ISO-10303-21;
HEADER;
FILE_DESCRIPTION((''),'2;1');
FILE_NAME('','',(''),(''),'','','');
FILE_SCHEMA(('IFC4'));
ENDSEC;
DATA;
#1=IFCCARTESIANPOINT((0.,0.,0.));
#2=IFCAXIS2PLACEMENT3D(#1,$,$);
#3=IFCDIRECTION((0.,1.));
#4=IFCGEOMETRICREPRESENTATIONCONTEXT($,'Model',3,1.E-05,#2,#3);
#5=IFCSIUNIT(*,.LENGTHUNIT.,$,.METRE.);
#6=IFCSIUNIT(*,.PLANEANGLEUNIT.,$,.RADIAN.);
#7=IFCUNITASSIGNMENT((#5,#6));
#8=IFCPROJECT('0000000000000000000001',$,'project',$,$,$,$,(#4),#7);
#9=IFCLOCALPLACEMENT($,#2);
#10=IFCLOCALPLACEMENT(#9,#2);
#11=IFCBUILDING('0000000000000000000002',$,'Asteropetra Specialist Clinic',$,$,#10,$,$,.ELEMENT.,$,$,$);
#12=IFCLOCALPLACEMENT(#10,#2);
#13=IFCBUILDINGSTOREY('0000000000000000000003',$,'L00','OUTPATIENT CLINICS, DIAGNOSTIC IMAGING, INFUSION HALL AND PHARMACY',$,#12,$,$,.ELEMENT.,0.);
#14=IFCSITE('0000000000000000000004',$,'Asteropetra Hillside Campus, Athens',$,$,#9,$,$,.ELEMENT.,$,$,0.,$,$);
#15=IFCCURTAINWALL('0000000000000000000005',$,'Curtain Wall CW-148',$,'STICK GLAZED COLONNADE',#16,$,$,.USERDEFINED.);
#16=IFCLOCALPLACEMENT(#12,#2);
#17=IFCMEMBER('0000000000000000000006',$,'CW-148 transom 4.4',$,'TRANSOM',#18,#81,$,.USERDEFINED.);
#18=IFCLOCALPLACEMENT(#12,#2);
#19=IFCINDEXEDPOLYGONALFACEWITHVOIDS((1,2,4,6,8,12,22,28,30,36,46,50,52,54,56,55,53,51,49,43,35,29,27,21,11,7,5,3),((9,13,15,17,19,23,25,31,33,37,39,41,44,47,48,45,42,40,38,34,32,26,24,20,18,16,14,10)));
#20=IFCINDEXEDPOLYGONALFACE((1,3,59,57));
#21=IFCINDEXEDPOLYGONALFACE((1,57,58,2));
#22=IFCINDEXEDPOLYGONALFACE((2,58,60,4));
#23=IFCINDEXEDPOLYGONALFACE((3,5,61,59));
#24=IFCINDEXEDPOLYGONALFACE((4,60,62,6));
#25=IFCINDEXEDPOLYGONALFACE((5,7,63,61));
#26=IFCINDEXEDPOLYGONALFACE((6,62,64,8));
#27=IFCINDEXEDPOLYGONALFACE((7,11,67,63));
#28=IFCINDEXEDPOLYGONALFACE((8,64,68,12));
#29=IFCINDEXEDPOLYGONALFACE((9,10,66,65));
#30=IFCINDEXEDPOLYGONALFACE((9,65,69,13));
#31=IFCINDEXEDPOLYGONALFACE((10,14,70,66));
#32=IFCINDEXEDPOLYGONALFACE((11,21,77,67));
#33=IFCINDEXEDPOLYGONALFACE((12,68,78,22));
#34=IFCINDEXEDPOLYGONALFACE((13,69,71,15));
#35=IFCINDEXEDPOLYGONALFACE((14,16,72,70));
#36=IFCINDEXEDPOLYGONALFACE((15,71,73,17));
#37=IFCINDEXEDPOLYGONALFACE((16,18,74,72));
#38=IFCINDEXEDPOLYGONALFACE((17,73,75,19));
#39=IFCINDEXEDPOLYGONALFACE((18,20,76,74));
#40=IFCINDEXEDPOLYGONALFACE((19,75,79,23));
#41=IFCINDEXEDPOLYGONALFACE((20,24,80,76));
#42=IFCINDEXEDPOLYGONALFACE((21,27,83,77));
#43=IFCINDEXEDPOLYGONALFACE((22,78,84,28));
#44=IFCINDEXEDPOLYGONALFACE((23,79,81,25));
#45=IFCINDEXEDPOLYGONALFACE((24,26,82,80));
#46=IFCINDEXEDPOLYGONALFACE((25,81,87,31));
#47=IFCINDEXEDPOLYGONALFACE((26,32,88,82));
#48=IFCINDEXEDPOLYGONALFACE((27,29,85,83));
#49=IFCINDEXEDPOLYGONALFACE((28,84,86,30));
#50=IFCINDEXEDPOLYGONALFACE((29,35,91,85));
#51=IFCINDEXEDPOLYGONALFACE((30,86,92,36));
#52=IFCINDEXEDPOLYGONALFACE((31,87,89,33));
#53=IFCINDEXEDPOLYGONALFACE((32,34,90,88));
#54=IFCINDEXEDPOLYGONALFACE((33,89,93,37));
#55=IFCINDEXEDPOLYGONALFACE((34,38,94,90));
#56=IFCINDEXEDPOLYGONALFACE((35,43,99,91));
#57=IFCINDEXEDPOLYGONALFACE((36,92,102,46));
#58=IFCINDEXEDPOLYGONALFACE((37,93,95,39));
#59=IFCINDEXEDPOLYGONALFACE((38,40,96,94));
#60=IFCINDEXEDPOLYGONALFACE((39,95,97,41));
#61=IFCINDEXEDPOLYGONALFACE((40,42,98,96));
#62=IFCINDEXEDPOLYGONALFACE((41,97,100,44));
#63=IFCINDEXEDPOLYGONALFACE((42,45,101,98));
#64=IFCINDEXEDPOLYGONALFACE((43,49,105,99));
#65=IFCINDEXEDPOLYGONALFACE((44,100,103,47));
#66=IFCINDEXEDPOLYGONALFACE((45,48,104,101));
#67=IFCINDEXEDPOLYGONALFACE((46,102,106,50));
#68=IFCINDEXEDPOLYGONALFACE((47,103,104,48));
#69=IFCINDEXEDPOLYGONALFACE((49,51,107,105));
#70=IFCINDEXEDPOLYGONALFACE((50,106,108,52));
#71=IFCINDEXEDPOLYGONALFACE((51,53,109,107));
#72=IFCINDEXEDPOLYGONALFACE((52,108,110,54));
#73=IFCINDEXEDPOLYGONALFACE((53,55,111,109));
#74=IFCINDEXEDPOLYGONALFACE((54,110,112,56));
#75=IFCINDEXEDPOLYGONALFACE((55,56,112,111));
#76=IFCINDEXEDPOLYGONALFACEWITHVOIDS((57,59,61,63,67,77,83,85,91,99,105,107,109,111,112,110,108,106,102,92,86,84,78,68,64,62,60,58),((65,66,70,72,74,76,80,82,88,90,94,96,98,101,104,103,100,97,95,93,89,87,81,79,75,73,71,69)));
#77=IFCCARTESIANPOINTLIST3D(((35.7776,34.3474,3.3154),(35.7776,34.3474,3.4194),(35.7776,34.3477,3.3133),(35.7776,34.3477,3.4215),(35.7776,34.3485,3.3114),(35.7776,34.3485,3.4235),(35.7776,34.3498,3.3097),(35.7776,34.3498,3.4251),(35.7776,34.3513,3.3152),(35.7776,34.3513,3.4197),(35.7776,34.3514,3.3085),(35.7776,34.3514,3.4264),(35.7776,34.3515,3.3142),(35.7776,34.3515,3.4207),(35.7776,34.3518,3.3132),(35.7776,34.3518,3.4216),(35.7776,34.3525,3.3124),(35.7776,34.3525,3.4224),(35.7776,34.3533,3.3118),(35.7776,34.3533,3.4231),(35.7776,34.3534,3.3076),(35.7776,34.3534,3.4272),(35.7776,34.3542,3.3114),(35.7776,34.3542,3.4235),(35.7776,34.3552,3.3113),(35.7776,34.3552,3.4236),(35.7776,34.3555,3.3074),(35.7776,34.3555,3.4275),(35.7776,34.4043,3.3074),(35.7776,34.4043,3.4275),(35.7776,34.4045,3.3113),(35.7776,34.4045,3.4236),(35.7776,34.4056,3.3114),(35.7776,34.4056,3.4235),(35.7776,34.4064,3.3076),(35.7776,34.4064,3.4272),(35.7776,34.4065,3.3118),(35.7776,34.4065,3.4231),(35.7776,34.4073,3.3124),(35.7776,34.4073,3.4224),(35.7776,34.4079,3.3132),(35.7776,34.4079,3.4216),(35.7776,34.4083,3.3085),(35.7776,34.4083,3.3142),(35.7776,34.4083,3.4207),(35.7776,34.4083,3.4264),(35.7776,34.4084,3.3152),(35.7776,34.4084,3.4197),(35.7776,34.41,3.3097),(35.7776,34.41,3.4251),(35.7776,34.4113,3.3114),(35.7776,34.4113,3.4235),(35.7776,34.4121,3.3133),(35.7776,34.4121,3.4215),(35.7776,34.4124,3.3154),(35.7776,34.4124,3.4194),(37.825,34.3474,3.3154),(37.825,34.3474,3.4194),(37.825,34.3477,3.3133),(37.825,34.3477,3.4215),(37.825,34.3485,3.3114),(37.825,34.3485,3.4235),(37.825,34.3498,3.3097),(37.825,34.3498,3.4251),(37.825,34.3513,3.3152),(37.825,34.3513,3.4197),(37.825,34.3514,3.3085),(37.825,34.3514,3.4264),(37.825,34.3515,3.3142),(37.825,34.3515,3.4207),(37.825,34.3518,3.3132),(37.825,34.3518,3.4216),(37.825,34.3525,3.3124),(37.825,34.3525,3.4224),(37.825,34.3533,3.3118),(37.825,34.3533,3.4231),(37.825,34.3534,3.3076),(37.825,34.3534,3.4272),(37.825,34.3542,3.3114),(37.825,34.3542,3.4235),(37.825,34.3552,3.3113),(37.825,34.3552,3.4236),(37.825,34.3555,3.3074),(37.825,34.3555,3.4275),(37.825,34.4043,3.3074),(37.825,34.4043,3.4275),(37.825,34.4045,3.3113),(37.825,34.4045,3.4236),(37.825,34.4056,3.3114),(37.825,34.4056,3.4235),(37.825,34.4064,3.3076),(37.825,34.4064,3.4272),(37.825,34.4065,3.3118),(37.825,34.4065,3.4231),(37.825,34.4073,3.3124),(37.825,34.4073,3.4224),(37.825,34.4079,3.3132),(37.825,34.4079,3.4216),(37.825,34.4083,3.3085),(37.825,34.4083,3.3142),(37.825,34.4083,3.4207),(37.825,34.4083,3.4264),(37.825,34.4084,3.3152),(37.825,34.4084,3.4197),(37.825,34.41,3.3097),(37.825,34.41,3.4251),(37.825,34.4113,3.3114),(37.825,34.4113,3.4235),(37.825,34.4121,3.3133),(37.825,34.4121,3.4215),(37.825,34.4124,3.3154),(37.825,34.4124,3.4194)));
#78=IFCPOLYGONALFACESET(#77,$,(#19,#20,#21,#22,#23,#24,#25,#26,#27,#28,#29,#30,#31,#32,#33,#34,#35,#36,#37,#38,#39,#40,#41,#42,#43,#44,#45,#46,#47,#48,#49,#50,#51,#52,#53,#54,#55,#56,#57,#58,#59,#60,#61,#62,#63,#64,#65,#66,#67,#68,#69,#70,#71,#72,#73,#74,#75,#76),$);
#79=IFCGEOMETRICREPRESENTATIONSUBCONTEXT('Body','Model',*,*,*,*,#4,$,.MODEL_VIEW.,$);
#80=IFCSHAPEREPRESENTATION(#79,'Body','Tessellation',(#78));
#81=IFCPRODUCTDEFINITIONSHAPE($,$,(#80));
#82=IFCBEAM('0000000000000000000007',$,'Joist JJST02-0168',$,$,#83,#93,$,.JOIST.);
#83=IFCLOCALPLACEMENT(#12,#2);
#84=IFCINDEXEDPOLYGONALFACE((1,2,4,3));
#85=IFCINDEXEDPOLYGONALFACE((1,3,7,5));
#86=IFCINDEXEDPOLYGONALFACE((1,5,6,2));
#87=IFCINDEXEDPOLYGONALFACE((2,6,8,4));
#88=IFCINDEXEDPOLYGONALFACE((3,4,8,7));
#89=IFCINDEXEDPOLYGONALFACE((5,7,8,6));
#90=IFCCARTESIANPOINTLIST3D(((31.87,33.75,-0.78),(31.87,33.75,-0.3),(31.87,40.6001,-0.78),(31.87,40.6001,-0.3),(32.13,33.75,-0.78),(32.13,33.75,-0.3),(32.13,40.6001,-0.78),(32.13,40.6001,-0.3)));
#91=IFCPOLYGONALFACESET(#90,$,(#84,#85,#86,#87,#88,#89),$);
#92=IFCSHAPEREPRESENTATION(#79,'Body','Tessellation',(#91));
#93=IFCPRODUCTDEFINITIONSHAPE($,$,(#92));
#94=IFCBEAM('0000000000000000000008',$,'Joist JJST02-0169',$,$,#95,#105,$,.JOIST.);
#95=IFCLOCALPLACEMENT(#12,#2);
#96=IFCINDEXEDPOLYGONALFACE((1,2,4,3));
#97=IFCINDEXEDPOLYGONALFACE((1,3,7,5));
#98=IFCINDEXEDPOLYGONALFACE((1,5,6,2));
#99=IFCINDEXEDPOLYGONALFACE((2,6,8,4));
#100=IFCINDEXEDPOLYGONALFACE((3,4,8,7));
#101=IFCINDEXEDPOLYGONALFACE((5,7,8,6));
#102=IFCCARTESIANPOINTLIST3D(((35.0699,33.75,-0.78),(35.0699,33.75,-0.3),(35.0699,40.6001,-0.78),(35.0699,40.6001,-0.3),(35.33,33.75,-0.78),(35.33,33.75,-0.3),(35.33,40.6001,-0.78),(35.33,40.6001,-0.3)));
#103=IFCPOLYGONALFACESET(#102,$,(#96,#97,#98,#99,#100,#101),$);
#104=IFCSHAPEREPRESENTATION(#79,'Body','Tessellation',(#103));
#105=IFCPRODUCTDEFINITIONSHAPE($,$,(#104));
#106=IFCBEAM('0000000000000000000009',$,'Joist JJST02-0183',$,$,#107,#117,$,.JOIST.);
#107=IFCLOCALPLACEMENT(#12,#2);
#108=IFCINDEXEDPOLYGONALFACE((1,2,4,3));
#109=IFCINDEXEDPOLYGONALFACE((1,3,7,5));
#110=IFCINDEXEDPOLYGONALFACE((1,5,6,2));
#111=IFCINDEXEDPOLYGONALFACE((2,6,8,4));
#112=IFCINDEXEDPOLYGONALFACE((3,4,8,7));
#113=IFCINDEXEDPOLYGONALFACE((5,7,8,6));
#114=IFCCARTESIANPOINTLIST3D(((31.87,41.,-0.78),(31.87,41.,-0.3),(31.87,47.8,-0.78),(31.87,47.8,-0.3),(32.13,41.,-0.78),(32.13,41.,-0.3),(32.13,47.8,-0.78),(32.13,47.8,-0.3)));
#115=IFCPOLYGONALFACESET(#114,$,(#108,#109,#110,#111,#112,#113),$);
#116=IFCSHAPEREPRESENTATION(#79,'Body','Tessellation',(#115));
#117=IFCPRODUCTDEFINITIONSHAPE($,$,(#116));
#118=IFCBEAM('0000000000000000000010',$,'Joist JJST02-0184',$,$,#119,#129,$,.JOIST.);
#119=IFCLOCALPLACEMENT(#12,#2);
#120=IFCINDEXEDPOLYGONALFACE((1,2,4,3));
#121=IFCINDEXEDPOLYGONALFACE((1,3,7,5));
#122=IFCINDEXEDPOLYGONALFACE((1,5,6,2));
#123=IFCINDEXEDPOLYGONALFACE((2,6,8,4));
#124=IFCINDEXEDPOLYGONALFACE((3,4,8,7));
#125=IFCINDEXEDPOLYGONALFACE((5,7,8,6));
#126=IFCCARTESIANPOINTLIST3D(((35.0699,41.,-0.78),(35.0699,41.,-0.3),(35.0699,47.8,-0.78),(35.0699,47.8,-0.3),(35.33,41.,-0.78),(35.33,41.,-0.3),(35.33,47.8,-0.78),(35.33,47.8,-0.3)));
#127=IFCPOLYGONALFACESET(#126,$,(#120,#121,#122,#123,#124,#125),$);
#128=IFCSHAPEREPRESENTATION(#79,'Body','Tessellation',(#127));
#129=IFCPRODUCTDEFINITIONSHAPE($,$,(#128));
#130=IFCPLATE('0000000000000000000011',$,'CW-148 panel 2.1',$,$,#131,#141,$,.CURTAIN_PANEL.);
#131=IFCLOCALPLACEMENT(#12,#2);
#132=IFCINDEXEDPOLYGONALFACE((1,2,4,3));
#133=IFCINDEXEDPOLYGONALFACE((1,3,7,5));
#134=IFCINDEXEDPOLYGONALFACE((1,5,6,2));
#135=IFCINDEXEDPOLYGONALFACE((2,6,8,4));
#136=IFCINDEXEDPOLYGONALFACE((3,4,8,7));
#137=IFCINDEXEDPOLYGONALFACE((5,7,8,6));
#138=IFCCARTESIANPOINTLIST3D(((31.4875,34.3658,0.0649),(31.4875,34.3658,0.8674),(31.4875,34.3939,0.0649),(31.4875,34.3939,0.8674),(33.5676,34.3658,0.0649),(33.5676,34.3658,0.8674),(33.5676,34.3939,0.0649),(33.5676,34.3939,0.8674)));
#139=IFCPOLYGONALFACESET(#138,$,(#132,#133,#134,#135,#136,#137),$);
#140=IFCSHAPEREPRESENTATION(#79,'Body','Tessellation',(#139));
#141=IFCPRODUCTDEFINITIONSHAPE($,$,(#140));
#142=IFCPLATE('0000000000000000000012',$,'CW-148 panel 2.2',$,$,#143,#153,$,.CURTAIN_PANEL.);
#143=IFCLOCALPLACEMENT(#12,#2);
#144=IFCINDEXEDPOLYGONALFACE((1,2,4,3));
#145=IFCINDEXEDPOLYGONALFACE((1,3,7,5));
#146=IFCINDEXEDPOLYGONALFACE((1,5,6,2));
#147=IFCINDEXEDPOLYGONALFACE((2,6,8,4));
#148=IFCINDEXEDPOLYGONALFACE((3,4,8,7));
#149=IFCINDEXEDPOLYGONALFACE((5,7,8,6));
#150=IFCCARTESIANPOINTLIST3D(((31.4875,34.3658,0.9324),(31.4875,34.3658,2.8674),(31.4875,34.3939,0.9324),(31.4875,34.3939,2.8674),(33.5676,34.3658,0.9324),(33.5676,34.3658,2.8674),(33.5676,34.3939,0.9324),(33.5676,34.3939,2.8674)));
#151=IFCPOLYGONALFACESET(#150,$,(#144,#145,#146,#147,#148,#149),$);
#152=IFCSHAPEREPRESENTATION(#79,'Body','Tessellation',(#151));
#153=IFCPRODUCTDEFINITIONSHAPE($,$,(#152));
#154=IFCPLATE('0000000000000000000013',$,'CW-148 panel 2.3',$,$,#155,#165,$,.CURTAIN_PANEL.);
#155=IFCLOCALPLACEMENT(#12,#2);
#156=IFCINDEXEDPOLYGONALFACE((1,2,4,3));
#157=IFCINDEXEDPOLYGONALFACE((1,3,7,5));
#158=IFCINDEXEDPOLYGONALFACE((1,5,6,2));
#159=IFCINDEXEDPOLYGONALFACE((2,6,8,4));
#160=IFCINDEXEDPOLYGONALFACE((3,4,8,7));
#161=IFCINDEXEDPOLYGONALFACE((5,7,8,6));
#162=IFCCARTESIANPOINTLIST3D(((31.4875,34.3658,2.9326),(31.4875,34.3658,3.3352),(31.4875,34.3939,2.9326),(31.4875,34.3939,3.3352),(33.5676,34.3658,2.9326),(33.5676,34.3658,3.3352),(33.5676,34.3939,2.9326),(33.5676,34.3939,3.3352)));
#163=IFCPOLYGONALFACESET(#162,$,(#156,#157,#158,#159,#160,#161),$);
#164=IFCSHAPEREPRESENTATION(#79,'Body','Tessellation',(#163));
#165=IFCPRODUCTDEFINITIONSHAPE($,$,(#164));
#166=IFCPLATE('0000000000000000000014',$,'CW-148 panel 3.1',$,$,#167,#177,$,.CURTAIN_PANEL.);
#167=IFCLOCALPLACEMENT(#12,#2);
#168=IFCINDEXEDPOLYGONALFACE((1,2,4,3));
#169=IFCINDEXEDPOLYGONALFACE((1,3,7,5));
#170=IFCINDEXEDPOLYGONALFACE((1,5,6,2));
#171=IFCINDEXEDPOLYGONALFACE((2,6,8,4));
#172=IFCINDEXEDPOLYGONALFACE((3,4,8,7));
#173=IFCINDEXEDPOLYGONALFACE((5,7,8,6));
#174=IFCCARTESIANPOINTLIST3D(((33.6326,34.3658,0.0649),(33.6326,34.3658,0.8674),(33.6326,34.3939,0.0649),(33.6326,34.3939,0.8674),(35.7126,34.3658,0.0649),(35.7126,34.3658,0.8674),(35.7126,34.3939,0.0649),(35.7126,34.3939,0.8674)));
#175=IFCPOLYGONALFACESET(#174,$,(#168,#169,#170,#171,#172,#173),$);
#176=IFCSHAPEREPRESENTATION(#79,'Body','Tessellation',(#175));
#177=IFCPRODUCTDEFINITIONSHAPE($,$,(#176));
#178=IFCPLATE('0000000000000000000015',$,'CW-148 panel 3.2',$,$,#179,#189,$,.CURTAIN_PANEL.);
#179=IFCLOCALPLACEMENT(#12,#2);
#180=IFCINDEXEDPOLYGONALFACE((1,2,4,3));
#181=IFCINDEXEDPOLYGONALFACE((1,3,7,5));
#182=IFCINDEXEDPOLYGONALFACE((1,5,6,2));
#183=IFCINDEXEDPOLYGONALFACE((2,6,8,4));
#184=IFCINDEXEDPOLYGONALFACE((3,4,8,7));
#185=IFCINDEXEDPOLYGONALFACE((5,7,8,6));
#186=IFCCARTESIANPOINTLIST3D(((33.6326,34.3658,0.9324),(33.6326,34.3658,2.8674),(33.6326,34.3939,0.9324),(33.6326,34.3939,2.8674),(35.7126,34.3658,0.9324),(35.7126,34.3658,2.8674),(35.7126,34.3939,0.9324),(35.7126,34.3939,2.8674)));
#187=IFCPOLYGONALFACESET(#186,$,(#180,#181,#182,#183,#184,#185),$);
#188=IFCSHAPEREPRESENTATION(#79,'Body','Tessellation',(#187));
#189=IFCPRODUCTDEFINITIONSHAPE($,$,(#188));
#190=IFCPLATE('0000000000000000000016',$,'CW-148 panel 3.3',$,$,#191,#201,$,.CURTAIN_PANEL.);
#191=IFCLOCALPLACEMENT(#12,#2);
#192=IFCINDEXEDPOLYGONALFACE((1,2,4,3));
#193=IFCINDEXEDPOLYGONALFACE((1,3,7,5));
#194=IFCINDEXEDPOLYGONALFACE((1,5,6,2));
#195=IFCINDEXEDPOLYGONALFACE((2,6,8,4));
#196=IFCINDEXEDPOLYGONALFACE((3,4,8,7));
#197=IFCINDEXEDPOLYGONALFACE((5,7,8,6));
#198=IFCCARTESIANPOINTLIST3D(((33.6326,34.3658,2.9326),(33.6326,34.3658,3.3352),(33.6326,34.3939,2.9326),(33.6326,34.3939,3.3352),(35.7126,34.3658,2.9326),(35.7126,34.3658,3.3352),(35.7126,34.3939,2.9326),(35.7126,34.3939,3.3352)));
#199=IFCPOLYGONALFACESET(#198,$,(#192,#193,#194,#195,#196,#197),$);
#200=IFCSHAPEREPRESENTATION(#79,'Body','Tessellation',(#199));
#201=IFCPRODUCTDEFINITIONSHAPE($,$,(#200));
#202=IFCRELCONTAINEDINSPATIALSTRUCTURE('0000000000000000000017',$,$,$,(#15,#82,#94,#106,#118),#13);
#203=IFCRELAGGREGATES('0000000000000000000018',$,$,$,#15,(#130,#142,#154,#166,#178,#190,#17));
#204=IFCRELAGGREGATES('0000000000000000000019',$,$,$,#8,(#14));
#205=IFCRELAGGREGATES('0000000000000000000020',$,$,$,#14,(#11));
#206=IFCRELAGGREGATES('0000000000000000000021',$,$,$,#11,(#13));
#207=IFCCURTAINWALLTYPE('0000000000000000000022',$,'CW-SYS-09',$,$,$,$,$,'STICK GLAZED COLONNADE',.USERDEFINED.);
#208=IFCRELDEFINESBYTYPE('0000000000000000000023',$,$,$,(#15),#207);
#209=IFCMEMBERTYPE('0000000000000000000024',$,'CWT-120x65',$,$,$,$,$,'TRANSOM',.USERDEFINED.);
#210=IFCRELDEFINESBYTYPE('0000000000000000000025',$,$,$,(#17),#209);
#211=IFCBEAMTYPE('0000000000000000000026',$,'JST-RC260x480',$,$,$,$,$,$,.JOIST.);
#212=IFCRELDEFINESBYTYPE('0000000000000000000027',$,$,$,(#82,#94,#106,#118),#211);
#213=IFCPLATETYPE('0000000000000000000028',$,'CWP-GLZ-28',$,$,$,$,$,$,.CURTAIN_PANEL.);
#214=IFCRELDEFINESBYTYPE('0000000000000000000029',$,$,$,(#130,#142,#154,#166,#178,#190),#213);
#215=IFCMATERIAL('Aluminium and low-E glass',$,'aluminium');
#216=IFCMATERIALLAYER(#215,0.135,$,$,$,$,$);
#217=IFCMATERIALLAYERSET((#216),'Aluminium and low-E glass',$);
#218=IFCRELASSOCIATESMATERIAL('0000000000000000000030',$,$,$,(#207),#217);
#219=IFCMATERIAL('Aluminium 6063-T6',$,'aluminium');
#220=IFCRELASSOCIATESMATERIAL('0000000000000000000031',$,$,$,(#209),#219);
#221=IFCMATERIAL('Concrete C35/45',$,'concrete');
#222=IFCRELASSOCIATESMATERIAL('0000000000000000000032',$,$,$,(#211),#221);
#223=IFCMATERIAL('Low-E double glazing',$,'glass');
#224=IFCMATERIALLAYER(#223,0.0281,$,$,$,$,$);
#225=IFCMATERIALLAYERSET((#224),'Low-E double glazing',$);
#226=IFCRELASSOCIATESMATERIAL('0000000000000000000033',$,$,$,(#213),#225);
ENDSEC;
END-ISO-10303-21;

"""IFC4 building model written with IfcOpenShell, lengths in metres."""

from ifc_helpers import new_model, si_unit, direction, frame, origin, origin_2d, place, context, subcontext, project, spatial, rectangle, hollow_rectangle, extrude, material, layer, layer_set, material_profile, profile_set, type_object, element, aggregate, save


model = new_model("IFC4")

# Units and contexts
model_context = context("Model", 3, precision=1e-05, world=origin(), true_north=direction((0.0, 1.0)))
body_context = subcontext(model_context, "Body", "Model", "MODEL_VIEW")
ifc_project = project(units=[si_unit("LENGTHUNIT", "METRE"), si_unit("PLANEANGLEUNIT", "RADIAN")], contexts=[model_context])

# Site, building, storey
site_placement = place(None, origin())
site = spatial("IfcSite", under=ifc_project, at=site_placement, Name="Asteropetra Hillside Campus, Athens", CompositionType="ELEMENT", RefElevation=0.0)
building_placement = place(site_placement, origin())
building = spatial("IfcBuilding", under=site, at=building_placement, Name="Asteropetra Specialist Clinic", CompositionType="ELEMENT")
storey_placement = place(building_placement, origin())
storey = spatial("IfcBuildingStorey", under=building, at=storey_placement, Name="L00", Description="OUTPATIENT CLINICS, DIAGNOSTIC IMAGING, INFUSION HALL AND PHARMACY", CompositionType="ELEMENT", Elevation=0.0)

# Curtain wall, member
ifc_material_1 = material(Name="Aluminium and low-E glass", Category="aluminium")
ifc_layer_1 = layer(ifc_material_1, 0.135)
ifc_layer_set_1 = layer_set([ifc_layer_1], Name="Aluminium and low-E glass")
curtain_wall_type = type_object("IfcCurtainWallType", Name="CW-SYS-09", ElementType="STICK GLAZED COLONNADE", PredefinedType="USERDEFINED", material=ifc_layer_set_1)
curtain_wall_placement = place(storey_placement, origin())
curtain_wall = element("IfcCurtainWall", 1, at=curtain_wall_placement, inside=storey, type_object=curtain_wall_type, Name="Curtain Wall CW-148", ObjectType="STICK GLAZED COLONNADE", PredefinedType="USERDEFINED")
ifc_material_2 = material(Name="Aluminium 6063-T6", Category="aluminium")
ifc_material_profile_1 = material_profile(ifc_material_2, hollow_rectangle(XDim=0.0649, YDim=0.1201, WallThickness=0.0039, InnerFilletRadius=0.0039, OuterFilletRadius=0.0081, at=origin_2d()), Name="TRN 120x65x4.0")
ifc_profile_set_1 = profile_set([ifc_material_profile_1], Name="Aluminium 6063-T6")
member_type_1 = type_object("IfcMemberType", Name="CWT-120x65", ElementType="TRANSOM", PredefinedType="USERDEFINED", material=ifc_profile_set_1)
member_1_placement = place(storey_placement, frame((35.7776, 34.3799, 3.3674), z_axis=(1.0, 0.0, 0.0), x_axis=(0.0, 1.0, 0.0)))
member_1 = element("IfcMember", 2, at=member_1_placement, type_object=member_type_1, Name="CW-148 transom 4.4", ObjectType="TRANSOM", PredefinedType="USERDEFINED", context=body_context, shape_type="SweptSolid", body=[
    extrude(hollow_rectangle(XDim=0.0649, YDim=0.1201, WallThickness=0.0039, InnerFilletRadius=0.0039, OuterFilletRadius=0.0081, at=origin_2d()), origin(), (0.0, 0.0, 1.0), 2.0474),
])

# Beams
ifc_material_3 = material(Name="Concrete C35/45", Category="concrete")
ifc_material_profile_2 = material_profile(ifc_material_3, rectangle(XDim=0.26, YDim=0.48, at=origin_2d()), Name="RCJ 260x480")
ifc_profile_set_2 = profile_set([ifc_material_profile_2], Name="Concrete C35/45")
beam_type_1 = type_object("IfcBeamType", Name="JST-RC260x480", PredefinedType="JOIST", material=ifc_profile_set_2)
for number, where, z_axis, x_axis, name in (
    (3, (32.0, 33.75, -0.54), (0.0, 1.0, 0.0), (-1.0, 0.0, 0.0), "Joist JJST02-0168"),
    (4, (35.2, 33.75, -0.54), (0.0, 1.0, 0.0), (-1.0, 0.0, 0.0), "Joist JJST02-0169"),
):
    element("IfcBeam", number, at=place(storey_placement, frame(where, z_axis=z_axis, x_axis=x_axis)), inside=storey, type_object=beam_type_1, Name=name, PredefinedType="JOIST", context=body_context, shape_type="SweptSolid", body=[
        extrude(rectangle(XDim=0.26, YDim=0.48, at=origin_2d()), origin(), (0.0, 0.0, 1.0), 6.8501),
    ])
for number, where, z_axis, x_axis, name in (
    (5, (32.0, 41.0, -0.54), (0.0, 1.0, 0.0), (-1.0, 0.0, 0.0), "Joist JJST02-0183"),
    (6, (35.2, 41.0, -0.54), (0.0, 1.0, 0.0), (-1.0, 0.0, 0.0), "Joist JJST02-0184"),
):
    element("IfcBeam", number, at=place(storey_placement, frame(where, z_axis=z_axis, x_axis=x_axis)), inside=storey, type_object=beam_type_1, Name=name, PredefinedType="JOIST", context=body_context, shape_type="SweptSolid", body=[
        extrude(rectangle(XDim=0.26, YDim=0.48, at=origin_2d()), origin(), (0.0, 0.0, 1.0), 6.8),
    ])

# Plates
ifc_material_4 = material(Name="Low-E double glazing", Category="glass")
ifc_layer_2 = layer(ifc_material_4, 0.0281)
ifc_layer_set_2 = layer_set([ifc_layer_2], Name="Low-E double glazing")
plate_type = type_object("IfcPlateType", Name="CWP-GLZ-28", PredefinedType="CURTAIN_PANEL", material=ifc_layer_set_2)
plate_1_placement = place(storey_placement, frame((32.5276, 34.3799, 0.0649), z_axis=(0.0, 0.0, 1.0), x_axis=(1.0, 0.0, 0.0)))
plate_1 = element("IfcPlate", 7, at=plate_1_placement, type_object=plate_type, Name="CW-148 panel 2.1", PredefinedType="CURTAIN_PANEL", context=body_context, shape_type="SweptSolid", body=[
    extrude(rectangle(XDim=2.0801, YDim=0.0281, at=origin_2d()), origin(), (0.0, 0.0, 1.0), 0.8025),
])
plate_2_placement = place(storey_placement, frame((32.5276, 34.3799, 0.9324), z_axis=(0.0, 0.0, 1.0), x_axis=(1.0, 0.0, 0.0)))
plate_2 = element("IfcPlate", 8, at=plate_2_placement, type_object=plate_type, Name="CW-148 panel 2.2", PredefinedType="CURTAIN_PANEL", context=body_context, shape_type="SweptSolid", body=[
    extrude(rectangle(XDim=2.0801, YDim=0.0281, at=origin_2d()), origin(), (0.0, 0.0, 1.0), 1.9351),
])
plate_3_placement = place(storey_placement, frame((32.5276, 34.3799, 2.9326), z_axis=(0.0, 0.0, 1.0), x_axis=(1.0, 0.0, 0.0)))
plate_3 = element("IfcPlate", 9, at=plate_3_placement, type_object=plate_type, Name="CW-148 panel 2.3", PredefinedType="CURTAIN_PANEL", context=body_context, shape_type="SweptSolid", body=[
    extrude(rectangle(XDim=2.0801, YDim=0.0281, at=origin_2d()), origin(), (0.0, 0.0, 1.0), 0.4026),
])
plate_4_placement = place(storey_placement, frame((34.6726, 34.3799, 0.0649), z_axis=(0.0, 0.0, 1.0), x_axis=(1.0, 0.0, 0.0)))
plate_4 = element("IfcPlate", 10, at=plate_4_placement, type_object=plate_type, Name="CW-148 panel 3.1", PredefinedType="CURTAIN_PANEL", context=body_context, shape_type="SweptSolid", body=[
    extrude(rectangle(XDim=2.0801, YDim=0.0281, at=origin_2d()), origin(), (0.0, 0.0, 1.0), 0.8025),
])
plate_5_placement = place(storey_placement, frame((34.6726, 34.3799, 0.9324), z_axis=(0.0, 0.0, 1.0), x_axis=(1.0, 0.0, 0.0)))
plate_5 = element("IfcPlate", 11, at=plate_5_placement, type_object=plate_type, Name="CW-148 panel 3.2", PredefinedType="CURTAIN_PANEL", context=body_context, shape_type="SweptSolid", body=[
    extrude(rectangle(XDim=2.0801, YDim=0.0281, at=origin_2d()), origin(), (0.0, 0.0, 1.0), 1.9351),
])
plate_6_placement = place(storey_placement, frame((34.6726, 34.3799, 2.9326), z_axis=(0.0, 0.0, 1.0), x_axis=(1.0, 0.0, 0.0)))
plate_6 = element("IfcPlate", 12, at=plate_6_placement, type_object=plate_type, Name="CW-148 panel 3.3", PredefinedType="CURTAIN_PANEL", context=body_context, shape_type="SweptSolid", body=[
    extrude(rectangle(XDim=2.0801, YDim=0.0281, at=origin_2d()), origin(), (0.0, 0.0, 1.0), 0.4026),
])
aggregate(curtain_wall, [plate_1, plate_2, plate_3, plate_4, plate_5, plate_6, member_1])

save(model, "model.ifc")
